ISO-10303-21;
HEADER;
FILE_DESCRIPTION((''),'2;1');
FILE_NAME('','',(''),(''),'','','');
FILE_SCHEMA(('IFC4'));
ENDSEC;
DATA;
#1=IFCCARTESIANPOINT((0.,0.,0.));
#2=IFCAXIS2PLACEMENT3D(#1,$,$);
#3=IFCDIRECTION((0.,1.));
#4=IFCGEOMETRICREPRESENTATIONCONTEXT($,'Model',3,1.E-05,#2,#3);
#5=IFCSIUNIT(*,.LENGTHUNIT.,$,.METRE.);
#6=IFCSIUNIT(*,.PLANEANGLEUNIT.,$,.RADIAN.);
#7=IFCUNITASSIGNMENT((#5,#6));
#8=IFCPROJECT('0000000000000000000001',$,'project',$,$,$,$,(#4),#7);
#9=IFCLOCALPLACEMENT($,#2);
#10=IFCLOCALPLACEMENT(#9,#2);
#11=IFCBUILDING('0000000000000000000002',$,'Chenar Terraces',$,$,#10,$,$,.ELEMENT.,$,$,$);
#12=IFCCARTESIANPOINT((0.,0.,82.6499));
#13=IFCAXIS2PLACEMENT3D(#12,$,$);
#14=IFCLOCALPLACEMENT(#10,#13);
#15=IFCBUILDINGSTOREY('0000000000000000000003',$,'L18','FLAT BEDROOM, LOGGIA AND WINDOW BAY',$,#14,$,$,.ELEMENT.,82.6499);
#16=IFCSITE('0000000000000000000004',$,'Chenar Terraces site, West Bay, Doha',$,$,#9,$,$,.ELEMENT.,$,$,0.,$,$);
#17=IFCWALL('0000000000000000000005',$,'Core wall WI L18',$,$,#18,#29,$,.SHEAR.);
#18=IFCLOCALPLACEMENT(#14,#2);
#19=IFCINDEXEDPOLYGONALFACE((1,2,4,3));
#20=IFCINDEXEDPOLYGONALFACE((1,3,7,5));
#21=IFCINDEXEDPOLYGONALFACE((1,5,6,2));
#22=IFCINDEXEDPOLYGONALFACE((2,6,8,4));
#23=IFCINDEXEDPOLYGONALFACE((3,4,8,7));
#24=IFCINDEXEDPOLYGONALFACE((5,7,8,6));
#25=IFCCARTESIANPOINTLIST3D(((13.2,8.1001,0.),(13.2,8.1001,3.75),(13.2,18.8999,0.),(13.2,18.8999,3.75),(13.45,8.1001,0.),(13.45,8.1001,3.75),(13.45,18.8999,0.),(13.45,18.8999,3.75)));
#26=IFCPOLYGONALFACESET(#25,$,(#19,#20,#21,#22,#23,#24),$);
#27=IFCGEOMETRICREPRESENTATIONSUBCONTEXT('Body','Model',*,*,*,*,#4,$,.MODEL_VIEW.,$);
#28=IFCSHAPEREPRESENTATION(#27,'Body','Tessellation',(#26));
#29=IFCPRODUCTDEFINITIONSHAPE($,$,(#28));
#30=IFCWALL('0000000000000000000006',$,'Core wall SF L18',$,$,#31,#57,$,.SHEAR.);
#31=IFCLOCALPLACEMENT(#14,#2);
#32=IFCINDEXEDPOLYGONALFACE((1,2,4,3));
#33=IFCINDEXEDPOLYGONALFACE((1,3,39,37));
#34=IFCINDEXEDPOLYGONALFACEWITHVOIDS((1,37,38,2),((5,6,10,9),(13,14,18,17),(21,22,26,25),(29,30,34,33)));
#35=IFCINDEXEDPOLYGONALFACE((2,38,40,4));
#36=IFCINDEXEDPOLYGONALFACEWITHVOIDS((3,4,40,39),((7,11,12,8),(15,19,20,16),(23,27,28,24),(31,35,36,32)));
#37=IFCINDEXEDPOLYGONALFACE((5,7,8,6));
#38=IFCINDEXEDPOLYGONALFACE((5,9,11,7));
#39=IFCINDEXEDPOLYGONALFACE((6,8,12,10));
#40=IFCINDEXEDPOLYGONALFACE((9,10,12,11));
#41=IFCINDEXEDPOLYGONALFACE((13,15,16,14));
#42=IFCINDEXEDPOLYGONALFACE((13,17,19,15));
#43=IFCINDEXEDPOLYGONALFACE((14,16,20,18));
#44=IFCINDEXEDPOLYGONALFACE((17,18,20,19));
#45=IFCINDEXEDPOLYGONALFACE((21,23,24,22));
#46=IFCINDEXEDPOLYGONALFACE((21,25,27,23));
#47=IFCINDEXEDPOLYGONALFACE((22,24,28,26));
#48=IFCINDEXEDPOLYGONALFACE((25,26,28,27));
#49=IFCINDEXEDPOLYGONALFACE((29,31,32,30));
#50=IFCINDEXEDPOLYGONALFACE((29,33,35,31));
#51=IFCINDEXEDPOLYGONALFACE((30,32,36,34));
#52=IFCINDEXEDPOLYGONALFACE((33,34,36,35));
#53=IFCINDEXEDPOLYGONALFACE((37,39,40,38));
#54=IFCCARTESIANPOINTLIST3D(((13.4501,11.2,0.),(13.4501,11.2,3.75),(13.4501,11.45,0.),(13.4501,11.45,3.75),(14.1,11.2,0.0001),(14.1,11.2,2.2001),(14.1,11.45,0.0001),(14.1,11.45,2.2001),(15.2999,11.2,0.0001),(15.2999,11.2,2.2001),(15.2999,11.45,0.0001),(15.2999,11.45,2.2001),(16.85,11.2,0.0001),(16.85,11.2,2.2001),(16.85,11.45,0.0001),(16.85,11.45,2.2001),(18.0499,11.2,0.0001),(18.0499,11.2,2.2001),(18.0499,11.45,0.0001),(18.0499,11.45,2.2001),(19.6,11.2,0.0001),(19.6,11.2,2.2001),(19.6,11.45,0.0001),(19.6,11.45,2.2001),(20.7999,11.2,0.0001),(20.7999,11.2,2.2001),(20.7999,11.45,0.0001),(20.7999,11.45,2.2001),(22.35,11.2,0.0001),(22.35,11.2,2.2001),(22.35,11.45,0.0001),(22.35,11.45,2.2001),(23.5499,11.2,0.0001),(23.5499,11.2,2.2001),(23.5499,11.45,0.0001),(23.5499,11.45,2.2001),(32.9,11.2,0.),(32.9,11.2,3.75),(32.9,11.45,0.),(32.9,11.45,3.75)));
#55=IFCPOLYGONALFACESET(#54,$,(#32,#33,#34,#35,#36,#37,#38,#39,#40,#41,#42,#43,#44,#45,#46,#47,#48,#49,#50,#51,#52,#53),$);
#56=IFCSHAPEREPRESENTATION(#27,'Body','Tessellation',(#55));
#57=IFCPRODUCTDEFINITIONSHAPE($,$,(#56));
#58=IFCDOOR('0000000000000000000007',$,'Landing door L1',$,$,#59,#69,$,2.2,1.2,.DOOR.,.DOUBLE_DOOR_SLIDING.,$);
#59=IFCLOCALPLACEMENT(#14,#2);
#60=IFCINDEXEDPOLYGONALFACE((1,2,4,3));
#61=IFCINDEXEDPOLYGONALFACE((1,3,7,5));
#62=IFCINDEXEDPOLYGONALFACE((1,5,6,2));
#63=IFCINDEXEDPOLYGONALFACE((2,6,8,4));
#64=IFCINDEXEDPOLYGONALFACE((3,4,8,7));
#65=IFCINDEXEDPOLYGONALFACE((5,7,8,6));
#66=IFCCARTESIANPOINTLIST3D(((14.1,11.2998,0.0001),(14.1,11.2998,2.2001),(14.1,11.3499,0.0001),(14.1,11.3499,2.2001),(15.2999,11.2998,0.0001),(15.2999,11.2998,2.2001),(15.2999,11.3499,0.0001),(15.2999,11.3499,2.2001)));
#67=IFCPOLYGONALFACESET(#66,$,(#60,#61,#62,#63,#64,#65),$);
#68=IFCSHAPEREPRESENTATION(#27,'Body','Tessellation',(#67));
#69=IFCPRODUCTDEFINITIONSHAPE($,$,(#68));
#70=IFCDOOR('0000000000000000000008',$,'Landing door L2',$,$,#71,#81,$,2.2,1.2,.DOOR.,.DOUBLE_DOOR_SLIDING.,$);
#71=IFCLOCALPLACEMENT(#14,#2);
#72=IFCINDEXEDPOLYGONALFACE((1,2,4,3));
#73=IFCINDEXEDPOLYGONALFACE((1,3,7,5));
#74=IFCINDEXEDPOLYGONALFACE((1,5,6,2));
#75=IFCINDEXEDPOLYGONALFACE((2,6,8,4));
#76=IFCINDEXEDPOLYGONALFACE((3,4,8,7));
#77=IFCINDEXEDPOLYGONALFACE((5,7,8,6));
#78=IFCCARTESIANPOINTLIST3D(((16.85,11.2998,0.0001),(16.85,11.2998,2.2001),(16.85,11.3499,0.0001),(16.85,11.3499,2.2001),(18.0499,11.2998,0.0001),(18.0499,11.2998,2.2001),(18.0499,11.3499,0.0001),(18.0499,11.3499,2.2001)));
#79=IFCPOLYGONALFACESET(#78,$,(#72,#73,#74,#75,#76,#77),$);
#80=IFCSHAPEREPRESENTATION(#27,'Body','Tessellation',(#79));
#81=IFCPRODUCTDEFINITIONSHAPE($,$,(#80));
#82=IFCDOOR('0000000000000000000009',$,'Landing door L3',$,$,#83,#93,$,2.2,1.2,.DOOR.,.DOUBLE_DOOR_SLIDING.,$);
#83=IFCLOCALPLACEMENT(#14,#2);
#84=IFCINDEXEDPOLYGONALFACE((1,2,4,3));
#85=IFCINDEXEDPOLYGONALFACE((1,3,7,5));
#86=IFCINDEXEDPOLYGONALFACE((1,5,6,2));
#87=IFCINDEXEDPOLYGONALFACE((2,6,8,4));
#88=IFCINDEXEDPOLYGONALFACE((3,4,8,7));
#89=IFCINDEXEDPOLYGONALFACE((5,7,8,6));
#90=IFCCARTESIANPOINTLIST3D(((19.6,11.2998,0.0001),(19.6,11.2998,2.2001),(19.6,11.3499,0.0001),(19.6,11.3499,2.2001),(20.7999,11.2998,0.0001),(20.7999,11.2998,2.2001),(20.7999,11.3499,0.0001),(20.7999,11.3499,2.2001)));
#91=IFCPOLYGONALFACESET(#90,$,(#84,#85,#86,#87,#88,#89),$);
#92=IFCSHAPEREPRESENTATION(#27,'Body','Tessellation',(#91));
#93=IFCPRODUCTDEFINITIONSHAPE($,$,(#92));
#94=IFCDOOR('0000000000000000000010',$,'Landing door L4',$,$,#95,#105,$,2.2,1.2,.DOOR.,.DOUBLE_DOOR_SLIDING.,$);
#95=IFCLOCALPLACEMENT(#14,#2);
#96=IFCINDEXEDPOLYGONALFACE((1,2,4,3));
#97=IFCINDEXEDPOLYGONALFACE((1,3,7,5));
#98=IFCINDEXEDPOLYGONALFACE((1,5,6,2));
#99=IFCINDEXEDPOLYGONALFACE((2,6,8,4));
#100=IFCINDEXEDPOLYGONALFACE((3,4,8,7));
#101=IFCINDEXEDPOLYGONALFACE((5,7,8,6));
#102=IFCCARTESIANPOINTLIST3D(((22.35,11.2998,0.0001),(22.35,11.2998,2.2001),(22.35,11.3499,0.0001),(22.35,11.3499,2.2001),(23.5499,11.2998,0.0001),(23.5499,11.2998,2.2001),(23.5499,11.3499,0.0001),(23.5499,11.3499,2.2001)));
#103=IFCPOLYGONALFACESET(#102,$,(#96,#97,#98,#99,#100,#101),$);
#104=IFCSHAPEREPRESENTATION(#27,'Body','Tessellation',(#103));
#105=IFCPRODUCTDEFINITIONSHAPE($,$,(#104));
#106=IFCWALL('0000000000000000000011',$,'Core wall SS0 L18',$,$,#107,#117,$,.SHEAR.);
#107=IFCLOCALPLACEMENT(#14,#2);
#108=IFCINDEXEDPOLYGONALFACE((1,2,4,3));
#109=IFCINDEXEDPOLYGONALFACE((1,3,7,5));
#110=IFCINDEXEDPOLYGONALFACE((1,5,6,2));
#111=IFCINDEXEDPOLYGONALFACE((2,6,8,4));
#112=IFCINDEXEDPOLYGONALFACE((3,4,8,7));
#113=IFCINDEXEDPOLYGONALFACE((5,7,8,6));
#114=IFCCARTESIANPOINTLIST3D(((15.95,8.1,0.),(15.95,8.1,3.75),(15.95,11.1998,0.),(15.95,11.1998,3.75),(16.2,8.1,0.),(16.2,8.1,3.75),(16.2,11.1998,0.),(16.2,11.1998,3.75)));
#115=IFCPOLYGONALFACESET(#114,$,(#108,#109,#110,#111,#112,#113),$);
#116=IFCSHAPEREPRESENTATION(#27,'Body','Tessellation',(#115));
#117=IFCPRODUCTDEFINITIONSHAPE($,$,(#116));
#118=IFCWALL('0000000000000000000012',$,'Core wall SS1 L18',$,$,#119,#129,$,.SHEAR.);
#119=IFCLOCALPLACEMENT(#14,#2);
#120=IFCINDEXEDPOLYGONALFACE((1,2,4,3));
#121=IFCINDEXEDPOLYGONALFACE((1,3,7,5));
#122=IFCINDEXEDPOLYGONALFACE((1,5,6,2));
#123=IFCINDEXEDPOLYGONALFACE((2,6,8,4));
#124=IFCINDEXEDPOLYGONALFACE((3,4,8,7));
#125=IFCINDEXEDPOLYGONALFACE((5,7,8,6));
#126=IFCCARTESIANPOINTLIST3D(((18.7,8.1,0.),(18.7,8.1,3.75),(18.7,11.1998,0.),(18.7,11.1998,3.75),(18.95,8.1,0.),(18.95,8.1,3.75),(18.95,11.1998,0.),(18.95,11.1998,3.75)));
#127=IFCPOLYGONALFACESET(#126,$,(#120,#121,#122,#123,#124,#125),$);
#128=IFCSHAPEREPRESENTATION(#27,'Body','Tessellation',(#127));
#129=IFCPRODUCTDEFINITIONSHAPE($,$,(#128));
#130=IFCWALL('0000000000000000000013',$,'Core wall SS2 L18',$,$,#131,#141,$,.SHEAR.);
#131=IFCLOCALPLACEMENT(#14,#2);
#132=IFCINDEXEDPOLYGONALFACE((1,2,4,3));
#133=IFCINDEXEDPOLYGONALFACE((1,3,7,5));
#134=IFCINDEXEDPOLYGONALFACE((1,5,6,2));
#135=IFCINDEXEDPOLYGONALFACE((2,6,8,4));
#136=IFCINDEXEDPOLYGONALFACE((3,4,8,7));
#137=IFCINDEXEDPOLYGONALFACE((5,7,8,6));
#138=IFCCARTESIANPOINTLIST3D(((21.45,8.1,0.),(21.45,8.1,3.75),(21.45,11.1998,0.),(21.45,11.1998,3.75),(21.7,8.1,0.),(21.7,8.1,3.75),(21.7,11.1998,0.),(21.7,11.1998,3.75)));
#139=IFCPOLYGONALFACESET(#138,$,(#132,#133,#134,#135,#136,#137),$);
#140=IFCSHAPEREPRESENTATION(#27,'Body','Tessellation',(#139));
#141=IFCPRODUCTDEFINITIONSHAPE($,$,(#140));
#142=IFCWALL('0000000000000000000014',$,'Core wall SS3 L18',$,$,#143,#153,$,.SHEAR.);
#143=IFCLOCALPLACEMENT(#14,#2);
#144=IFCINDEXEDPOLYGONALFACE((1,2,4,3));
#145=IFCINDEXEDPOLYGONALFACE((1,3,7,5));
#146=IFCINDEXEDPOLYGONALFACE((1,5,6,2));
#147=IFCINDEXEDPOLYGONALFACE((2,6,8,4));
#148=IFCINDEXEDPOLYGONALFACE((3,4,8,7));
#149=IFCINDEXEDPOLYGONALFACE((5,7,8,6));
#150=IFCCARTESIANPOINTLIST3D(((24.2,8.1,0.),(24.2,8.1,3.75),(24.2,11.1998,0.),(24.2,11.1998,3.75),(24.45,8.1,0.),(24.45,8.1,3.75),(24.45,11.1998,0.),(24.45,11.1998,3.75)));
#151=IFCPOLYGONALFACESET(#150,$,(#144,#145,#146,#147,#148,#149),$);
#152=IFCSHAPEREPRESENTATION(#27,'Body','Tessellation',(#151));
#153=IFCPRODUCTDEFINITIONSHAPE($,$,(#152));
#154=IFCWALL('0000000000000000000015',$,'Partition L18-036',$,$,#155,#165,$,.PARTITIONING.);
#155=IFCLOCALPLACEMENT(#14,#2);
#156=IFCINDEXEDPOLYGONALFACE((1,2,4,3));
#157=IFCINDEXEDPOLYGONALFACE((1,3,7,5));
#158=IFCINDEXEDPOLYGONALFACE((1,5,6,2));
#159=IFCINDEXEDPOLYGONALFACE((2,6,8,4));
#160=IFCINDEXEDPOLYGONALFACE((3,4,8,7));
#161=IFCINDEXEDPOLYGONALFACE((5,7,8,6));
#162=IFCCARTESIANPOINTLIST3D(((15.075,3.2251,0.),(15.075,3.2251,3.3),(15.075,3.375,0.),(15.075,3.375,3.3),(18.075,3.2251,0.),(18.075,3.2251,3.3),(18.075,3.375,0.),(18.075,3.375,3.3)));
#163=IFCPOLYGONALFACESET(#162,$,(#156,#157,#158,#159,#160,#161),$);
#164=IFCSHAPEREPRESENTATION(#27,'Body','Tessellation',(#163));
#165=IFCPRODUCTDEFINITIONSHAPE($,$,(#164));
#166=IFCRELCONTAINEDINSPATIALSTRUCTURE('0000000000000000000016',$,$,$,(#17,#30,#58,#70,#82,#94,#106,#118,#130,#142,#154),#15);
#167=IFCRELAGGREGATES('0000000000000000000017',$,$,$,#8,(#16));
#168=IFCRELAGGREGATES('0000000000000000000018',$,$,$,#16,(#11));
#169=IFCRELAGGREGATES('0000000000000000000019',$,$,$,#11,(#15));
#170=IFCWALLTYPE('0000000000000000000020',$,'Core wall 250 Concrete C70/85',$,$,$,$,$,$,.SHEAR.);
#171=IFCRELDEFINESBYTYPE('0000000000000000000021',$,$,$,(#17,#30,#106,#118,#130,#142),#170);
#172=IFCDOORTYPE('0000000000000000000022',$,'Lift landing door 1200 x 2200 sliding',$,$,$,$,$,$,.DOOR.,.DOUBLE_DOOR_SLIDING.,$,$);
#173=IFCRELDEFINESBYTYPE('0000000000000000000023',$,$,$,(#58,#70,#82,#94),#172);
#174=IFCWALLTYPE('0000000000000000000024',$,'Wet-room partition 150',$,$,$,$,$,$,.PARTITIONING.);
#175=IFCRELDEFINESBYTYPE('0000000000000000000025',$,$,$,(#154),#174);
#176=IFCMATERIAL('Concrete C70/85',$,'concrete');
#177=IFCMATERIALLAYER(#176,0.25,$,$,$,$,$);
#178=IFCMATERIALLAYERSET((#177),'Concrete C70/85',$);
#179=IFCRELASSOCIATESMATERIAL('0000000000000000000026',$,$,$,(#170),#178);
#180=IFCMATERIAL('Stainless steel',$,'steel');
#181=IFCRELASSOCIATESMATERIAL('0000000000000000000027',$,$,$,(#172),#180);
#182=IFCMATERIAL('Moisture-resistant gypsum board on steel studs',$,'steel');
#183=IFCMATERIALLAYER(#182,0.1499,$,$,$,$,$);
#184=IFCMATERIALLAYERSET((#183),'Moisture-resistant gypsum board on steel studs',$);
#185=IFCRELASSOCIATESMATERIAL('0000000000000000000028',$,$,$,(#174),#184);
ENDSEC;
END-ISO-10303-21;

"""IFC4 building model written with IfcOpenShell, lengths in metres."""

from ifc_helpers import new_model, si_unit, direction, frame, frame_2d, origin, place, context, subcontext, project, spatial, rectangle, extrude, material, layer, layer_set, type_object, element, fill, save


model = new_model("IFC4")

# Units and contexts
model_context = context("Model", 3, precision=1e-05, world=origin(), true_north=direction((0.0, 1.0)))
body_context = subcontext(model_context, "Body", "Model", "MODEL_VIEW")
ifc_project = project(units=[si_unit("LENGTHUNIT", "METRE"), si_unit("PLANEANGLEUNIT", "RADIAN")], contexts=[model_context])

# Site, building, storey
site_placement = place(None, origin())
site = spatial("IfcSite", under=ifc_project, at=site_placement, Name="Chenar Terraces site, West Bay, Doha", CompositionType="ELEMENT", RefElevation=0.0)
building_placement = place(site_placement, origin())
building = spatial("IfcBuilding", under=site, at=building_placement, Name="Chenar Terraces", CompositionType="ELEMENT")
storey_placement = place(building_placement, frame((0.0, 0.0, 82.6499)))
storey = spatial("IfcBuildingStorey", under=building, at=storey_placement, Name="L18", Description="FLAT BEDROOM, LOGGIA AND WINDOW BAY", CompositionType="ELEMENT", Elevation=82.6499)

# Wall
ifc_material_1 = material(Name="Concrete C70/85", Category="concrete")
ifc_layer_1 = layer(ifc_material_1, 0.25)
ifc_layer_set_1 = layer_set([ifc_layer_1], Name="Concrete C70/85")
wall_type_1 = type_object("IfcWallType", Name="Core wall 250 Concrete C70/85", PredefinedType="SHEAR", material=ifc_layer_set_1)
wall_1_placement = place(storey_placement, frame((13.325, 8.1001, 0.0), z_axis=(0.0, 0.0, 1.0), x_axis=(0.0, 1.0, 0.0)))
element("IfcWall", 1, at=wall_1_placement, inside=storey, type_object=wall_type_1, Name="Core wall WI L18", PredefinedType="SHEAR", context=body_context, shape_type="SweptSolid", body=[
    extrude(rectangle(XDim=10.7998, YDim=0.25, at=frame_2d((5.3999, 0.0))), origin(), (0.0, 0.0, 1.0), 3.75),
])

# Wall, openings, doors
wall_2_placement = place(storey_placement, frame((13.45, 11.325, 0.0), z_axis=(0.0, 0.0, 1.0), x_axis=(1.0, 0.0, 0.0)))
wall_2 = element("IfcWall", 2, at=wall_2_placement, inside=storey, type_object=wall_type_1, Name="Core wall SF L18", PredefinedType="SHEAR", context=body_context, shape_type="SweptSolid", body=[
    extrude(rectangle(XDim=19.45, YDim=0.25, at=frame_2d((9.7251, 0.0))), origin(), (0.0, 0.0, 1.0), 3.75),
])
opening_1_placement = place(wall_2_placement, frame((0.6499, 0.0, 0.0)))
opening_1 = element("IfcOpeningElement", 3, at=opening_1_placement, cuts=wall_2, PredefinedType="OPENING", context=body_context, shape_type="SweptSolid", body=[
    extrude(rectangle(XDim=1.2, YDim=2.2, at=frame_2d((0.6001, 1.1001))), frame((0.0, 0.135, 0.0), z_axis=(0.0, -1.0, 0.0), x_axis=(1.0, 0.0, 0.0)), (0.0, 0.0, 1.0), 0.27),
])
opening_2_placement = place(wall_2_placement, frame((3.3999, 0.0, 0.0)))
opening_2 = element("IfcOpeningElement", 4, at=opening_2_placement, cuts=wall_2, PredefinedType="OPENING", context=body_context, shape_type="SweptSolid", body=[
    extrude(rectangle(XDim=1.2, YDim=2.2, at=frame_2d((0.6001, 1.1001))), frame((0.0, 0.135, 0.0), z_axis=(0.0, -1.0, 0.0), x_axis=(1.0, 0.0, 0.0)), (0.0, 0.0, 1.0), 0.27),
])
opening_3_placement = place(wall_2_placement, frame((6.1499, 0.0, 0.0)))
opening_3 = element("IfcOpeningElement", 5, at=opening_3_placement, cuts=wall_2, PredefinedType="OPENING", context=body_context, shape_type="SweptSolid", body=[
    extrude(rectangle(XDim=1.2, YDim=2.2, at=frame_2d((0.6001, 1.1001))), frame((0.0, 0.135, 0.0), z_axis=(0.0, -1.0, 0.0), x_axis=(1.0, 0.0, 0.0)), (0.0, 0.0, 1.0), 0.27),
])
opening_4_placement = place(wall_2_placement, frame((8.8999, 0.0, 0.0)))
opening_4 = element("IfcOpeningElement", 6, at=opening_4_placement, cuts=wall_2, PredefinedType="OPENING", context=body_context, shape_type="SweptSolid", body=[
    extrude(rectangle(XDim=1.2, YDim=2.2, at=frame_2d((0.6001, 1.1001))), frame((0.0, 0.135, 0.0), z_axis=(0.0, -1.0, 0.0), x_axis=(1.0, 0.0, 0.0)), (0.0, 0.0, 1.0), 0.27),
])
ifc_material_2 = material(Name="Stainless steel", Category="steel")
door_type_1 = type_object("IfcDoorType", Name="Lift landing door 1200 x 2200 sliding", OperationType="DOUBLE_DOOR_SLIDING", PredefinedType="DOOR", material=ifc_material_2)
door_1_placement = place(opening_1_placement, origin())
door_1 = element("IfcDoor", 7, at=door_1_placement, inside=storey, type_object=door_type_1, Name="Landing door L1", OperationType="DOUBLE_DOOR_SLIDING", OverallHeight=2.2, OverallWidth=1.2, PredefinedType="DOOR", context=body_context, shape_type="SweptSolid", body=[
    extrude(rectangle(XDim=1.2, YDim=2.2, at=frame_2d((0.6001, 1.1001))), frame((0.0, 0.0249, 0.0), z_axis=(0.0, -1.0, 0.0), x_axis=(1.0, 0.0, 0.0)), (0.0, 0.0, 1.0), 0.05),
])
fill(opening_1, door_1)
door_2_placement = place(opening_2_placement, origin())
door_2 = element("IfcDoor", 8, at=door_2_placement, inside=storey, type_object=door_type_1, Name="Landing door L2", OperationType="DOUBLE_DOOR_SLIDING", OverallHeight=2.2, OverallWidth=1.2, PredefinedType="DOOR", context=body_context, shape_type="SweptSolid", body=[
    extrude(rectangle(XDim=1.2, YDim=2.2, at=frame_2d((0.6001, 1.1001))), frame((0.0, 0.0249, 0.0), z_axis=(0.0, -1.0, 0.0), x_axis=(1.0, 0.0, 0.0)), (0.0, 0.0, 1.0), 0.05),
])
fill(opening_2, door_2)
door_3_placement = place(opening_3_placement, origin())
door_3 = element("IfcDoor", 9, at=door_3_placement, inside=storey, type_object=door_type_1, Name="Landing door L3", OperationType="DOUBLE_DOOR_SLIDING", OverallHeight=2.2, OverallWidth=1.2, PredefinedType="DOOR", context=body_context, shape_type="SweptSolid", body=[
    extrude(rectangle(XDim=1.2, YDim=2.2, at=frame_2d((0.6001, 1.1001))), frame((0.0, 0.0249, 0.0), z_axis=(0.0, -1.0, 0.0), x_axis=(1.0, 0.0, 0.0)), (0.0, 0.0, 1.0), 0.05),
])
fill(opening_3, door_3)
door_4_placement = place(opening_4_placement, origin())
door_4 = element("IfcDoor", 10, at=door_4_placement, inside=storey, type_object=door_type_1, Name="Landing door L4", OperationType="DOUBLE_DOOR_SLIDING", OverallHeight=2.2, OverallWidth=1.2, PredefinedType="DOOR", context=body_context, shape_type="SweptSolid", body=[
    extrude(rectangle(XDim=1.2, YDim=2.2, at=frame_2d((0.6001, 1.1001))), frame((0.0, 0.0249, 0.0), z_axis=(0.0, -1.0, 0.0), x_axis=(1.0, 0.0, 0.0)), (0.0, 0.0, 1.0), 0.05),
])
fill(opening_4, door_4)

# Walls
for number, where, z_axis, x_axis, name in (
    (11, (16.075, 8.1001, 0.0), (0.0, 0.0, 1.0), (0.0, 1.0, 0.0), "Core wall SS0 L18"),
    (12, (18.825, 8.1001, 0.0), (0.0, 0.0, 1.0), (0.0, 1.0, 0.0), "Core wall SS1 L18"),
    (13, (21.575, 8.1001, 0.0), (0.0, 0.0, 1.0), (0.0, 1.0, 0.0), "Core wall SS2 L18"),
    (14, (24.325, 8.1001, 0.0), (0.0, 0.0, 1.0), (0.0, 1.0, 0.0), "Core wall SS3 L18"),
):
    element("IfcWall", number, at=place(storey_placement, frame(where, z_axis=z_axis, x_axis=x_axis)), inside=storey, type_object=wall_type_1, Name=name, PredefinedType="SHEAR", context=body_context, shape_type="SweptSolid", body=[
        extrude(rectangle(XDim=3.0999, YDim=0.25, at=frame_2d((1.5498, 0.0))), origin(), (0.0, 0.0, 1.0), 3.75),
    ])
ifc_material_3 = material(Name="Moisture-resistant gypsum board on steel studs", Category="steel")
ifc_layer_2 = layer(ifc_material_3, 0.1499)
ifc_layer_set_2 = layer_set([ifc_layer_2], Name="Moisture-resistant gypsum board on steel studs")
wall_type_2 = type_object("IfcWallType", Name="Wet-room partition 150", PredefinedType="PARTITIONING", material=ifc_layer_set_2)
wall_3_placement = place(storey_placement, frame((15.075, 3.3, 0.0), z_axis=(0.0, 0.0, 1.0), x_axis=(1.0, 0.0, 0.0)))
element("IfcWall", 15, at=wall_3_placement, inside=storey, type_object=wall_type_2, Name="Partition L18-036", PredefinedType="PARTITIONING", context=body_context, shape_type="SweptSolid", body=[
    extrude(rectangle(XDim=3.0, YDim=0.1499, at=frame_2d((1.5, 0.0))), origin(), (0.0, 0.0, 1.0), 3.3),
])

save(model, "model.ifc")
